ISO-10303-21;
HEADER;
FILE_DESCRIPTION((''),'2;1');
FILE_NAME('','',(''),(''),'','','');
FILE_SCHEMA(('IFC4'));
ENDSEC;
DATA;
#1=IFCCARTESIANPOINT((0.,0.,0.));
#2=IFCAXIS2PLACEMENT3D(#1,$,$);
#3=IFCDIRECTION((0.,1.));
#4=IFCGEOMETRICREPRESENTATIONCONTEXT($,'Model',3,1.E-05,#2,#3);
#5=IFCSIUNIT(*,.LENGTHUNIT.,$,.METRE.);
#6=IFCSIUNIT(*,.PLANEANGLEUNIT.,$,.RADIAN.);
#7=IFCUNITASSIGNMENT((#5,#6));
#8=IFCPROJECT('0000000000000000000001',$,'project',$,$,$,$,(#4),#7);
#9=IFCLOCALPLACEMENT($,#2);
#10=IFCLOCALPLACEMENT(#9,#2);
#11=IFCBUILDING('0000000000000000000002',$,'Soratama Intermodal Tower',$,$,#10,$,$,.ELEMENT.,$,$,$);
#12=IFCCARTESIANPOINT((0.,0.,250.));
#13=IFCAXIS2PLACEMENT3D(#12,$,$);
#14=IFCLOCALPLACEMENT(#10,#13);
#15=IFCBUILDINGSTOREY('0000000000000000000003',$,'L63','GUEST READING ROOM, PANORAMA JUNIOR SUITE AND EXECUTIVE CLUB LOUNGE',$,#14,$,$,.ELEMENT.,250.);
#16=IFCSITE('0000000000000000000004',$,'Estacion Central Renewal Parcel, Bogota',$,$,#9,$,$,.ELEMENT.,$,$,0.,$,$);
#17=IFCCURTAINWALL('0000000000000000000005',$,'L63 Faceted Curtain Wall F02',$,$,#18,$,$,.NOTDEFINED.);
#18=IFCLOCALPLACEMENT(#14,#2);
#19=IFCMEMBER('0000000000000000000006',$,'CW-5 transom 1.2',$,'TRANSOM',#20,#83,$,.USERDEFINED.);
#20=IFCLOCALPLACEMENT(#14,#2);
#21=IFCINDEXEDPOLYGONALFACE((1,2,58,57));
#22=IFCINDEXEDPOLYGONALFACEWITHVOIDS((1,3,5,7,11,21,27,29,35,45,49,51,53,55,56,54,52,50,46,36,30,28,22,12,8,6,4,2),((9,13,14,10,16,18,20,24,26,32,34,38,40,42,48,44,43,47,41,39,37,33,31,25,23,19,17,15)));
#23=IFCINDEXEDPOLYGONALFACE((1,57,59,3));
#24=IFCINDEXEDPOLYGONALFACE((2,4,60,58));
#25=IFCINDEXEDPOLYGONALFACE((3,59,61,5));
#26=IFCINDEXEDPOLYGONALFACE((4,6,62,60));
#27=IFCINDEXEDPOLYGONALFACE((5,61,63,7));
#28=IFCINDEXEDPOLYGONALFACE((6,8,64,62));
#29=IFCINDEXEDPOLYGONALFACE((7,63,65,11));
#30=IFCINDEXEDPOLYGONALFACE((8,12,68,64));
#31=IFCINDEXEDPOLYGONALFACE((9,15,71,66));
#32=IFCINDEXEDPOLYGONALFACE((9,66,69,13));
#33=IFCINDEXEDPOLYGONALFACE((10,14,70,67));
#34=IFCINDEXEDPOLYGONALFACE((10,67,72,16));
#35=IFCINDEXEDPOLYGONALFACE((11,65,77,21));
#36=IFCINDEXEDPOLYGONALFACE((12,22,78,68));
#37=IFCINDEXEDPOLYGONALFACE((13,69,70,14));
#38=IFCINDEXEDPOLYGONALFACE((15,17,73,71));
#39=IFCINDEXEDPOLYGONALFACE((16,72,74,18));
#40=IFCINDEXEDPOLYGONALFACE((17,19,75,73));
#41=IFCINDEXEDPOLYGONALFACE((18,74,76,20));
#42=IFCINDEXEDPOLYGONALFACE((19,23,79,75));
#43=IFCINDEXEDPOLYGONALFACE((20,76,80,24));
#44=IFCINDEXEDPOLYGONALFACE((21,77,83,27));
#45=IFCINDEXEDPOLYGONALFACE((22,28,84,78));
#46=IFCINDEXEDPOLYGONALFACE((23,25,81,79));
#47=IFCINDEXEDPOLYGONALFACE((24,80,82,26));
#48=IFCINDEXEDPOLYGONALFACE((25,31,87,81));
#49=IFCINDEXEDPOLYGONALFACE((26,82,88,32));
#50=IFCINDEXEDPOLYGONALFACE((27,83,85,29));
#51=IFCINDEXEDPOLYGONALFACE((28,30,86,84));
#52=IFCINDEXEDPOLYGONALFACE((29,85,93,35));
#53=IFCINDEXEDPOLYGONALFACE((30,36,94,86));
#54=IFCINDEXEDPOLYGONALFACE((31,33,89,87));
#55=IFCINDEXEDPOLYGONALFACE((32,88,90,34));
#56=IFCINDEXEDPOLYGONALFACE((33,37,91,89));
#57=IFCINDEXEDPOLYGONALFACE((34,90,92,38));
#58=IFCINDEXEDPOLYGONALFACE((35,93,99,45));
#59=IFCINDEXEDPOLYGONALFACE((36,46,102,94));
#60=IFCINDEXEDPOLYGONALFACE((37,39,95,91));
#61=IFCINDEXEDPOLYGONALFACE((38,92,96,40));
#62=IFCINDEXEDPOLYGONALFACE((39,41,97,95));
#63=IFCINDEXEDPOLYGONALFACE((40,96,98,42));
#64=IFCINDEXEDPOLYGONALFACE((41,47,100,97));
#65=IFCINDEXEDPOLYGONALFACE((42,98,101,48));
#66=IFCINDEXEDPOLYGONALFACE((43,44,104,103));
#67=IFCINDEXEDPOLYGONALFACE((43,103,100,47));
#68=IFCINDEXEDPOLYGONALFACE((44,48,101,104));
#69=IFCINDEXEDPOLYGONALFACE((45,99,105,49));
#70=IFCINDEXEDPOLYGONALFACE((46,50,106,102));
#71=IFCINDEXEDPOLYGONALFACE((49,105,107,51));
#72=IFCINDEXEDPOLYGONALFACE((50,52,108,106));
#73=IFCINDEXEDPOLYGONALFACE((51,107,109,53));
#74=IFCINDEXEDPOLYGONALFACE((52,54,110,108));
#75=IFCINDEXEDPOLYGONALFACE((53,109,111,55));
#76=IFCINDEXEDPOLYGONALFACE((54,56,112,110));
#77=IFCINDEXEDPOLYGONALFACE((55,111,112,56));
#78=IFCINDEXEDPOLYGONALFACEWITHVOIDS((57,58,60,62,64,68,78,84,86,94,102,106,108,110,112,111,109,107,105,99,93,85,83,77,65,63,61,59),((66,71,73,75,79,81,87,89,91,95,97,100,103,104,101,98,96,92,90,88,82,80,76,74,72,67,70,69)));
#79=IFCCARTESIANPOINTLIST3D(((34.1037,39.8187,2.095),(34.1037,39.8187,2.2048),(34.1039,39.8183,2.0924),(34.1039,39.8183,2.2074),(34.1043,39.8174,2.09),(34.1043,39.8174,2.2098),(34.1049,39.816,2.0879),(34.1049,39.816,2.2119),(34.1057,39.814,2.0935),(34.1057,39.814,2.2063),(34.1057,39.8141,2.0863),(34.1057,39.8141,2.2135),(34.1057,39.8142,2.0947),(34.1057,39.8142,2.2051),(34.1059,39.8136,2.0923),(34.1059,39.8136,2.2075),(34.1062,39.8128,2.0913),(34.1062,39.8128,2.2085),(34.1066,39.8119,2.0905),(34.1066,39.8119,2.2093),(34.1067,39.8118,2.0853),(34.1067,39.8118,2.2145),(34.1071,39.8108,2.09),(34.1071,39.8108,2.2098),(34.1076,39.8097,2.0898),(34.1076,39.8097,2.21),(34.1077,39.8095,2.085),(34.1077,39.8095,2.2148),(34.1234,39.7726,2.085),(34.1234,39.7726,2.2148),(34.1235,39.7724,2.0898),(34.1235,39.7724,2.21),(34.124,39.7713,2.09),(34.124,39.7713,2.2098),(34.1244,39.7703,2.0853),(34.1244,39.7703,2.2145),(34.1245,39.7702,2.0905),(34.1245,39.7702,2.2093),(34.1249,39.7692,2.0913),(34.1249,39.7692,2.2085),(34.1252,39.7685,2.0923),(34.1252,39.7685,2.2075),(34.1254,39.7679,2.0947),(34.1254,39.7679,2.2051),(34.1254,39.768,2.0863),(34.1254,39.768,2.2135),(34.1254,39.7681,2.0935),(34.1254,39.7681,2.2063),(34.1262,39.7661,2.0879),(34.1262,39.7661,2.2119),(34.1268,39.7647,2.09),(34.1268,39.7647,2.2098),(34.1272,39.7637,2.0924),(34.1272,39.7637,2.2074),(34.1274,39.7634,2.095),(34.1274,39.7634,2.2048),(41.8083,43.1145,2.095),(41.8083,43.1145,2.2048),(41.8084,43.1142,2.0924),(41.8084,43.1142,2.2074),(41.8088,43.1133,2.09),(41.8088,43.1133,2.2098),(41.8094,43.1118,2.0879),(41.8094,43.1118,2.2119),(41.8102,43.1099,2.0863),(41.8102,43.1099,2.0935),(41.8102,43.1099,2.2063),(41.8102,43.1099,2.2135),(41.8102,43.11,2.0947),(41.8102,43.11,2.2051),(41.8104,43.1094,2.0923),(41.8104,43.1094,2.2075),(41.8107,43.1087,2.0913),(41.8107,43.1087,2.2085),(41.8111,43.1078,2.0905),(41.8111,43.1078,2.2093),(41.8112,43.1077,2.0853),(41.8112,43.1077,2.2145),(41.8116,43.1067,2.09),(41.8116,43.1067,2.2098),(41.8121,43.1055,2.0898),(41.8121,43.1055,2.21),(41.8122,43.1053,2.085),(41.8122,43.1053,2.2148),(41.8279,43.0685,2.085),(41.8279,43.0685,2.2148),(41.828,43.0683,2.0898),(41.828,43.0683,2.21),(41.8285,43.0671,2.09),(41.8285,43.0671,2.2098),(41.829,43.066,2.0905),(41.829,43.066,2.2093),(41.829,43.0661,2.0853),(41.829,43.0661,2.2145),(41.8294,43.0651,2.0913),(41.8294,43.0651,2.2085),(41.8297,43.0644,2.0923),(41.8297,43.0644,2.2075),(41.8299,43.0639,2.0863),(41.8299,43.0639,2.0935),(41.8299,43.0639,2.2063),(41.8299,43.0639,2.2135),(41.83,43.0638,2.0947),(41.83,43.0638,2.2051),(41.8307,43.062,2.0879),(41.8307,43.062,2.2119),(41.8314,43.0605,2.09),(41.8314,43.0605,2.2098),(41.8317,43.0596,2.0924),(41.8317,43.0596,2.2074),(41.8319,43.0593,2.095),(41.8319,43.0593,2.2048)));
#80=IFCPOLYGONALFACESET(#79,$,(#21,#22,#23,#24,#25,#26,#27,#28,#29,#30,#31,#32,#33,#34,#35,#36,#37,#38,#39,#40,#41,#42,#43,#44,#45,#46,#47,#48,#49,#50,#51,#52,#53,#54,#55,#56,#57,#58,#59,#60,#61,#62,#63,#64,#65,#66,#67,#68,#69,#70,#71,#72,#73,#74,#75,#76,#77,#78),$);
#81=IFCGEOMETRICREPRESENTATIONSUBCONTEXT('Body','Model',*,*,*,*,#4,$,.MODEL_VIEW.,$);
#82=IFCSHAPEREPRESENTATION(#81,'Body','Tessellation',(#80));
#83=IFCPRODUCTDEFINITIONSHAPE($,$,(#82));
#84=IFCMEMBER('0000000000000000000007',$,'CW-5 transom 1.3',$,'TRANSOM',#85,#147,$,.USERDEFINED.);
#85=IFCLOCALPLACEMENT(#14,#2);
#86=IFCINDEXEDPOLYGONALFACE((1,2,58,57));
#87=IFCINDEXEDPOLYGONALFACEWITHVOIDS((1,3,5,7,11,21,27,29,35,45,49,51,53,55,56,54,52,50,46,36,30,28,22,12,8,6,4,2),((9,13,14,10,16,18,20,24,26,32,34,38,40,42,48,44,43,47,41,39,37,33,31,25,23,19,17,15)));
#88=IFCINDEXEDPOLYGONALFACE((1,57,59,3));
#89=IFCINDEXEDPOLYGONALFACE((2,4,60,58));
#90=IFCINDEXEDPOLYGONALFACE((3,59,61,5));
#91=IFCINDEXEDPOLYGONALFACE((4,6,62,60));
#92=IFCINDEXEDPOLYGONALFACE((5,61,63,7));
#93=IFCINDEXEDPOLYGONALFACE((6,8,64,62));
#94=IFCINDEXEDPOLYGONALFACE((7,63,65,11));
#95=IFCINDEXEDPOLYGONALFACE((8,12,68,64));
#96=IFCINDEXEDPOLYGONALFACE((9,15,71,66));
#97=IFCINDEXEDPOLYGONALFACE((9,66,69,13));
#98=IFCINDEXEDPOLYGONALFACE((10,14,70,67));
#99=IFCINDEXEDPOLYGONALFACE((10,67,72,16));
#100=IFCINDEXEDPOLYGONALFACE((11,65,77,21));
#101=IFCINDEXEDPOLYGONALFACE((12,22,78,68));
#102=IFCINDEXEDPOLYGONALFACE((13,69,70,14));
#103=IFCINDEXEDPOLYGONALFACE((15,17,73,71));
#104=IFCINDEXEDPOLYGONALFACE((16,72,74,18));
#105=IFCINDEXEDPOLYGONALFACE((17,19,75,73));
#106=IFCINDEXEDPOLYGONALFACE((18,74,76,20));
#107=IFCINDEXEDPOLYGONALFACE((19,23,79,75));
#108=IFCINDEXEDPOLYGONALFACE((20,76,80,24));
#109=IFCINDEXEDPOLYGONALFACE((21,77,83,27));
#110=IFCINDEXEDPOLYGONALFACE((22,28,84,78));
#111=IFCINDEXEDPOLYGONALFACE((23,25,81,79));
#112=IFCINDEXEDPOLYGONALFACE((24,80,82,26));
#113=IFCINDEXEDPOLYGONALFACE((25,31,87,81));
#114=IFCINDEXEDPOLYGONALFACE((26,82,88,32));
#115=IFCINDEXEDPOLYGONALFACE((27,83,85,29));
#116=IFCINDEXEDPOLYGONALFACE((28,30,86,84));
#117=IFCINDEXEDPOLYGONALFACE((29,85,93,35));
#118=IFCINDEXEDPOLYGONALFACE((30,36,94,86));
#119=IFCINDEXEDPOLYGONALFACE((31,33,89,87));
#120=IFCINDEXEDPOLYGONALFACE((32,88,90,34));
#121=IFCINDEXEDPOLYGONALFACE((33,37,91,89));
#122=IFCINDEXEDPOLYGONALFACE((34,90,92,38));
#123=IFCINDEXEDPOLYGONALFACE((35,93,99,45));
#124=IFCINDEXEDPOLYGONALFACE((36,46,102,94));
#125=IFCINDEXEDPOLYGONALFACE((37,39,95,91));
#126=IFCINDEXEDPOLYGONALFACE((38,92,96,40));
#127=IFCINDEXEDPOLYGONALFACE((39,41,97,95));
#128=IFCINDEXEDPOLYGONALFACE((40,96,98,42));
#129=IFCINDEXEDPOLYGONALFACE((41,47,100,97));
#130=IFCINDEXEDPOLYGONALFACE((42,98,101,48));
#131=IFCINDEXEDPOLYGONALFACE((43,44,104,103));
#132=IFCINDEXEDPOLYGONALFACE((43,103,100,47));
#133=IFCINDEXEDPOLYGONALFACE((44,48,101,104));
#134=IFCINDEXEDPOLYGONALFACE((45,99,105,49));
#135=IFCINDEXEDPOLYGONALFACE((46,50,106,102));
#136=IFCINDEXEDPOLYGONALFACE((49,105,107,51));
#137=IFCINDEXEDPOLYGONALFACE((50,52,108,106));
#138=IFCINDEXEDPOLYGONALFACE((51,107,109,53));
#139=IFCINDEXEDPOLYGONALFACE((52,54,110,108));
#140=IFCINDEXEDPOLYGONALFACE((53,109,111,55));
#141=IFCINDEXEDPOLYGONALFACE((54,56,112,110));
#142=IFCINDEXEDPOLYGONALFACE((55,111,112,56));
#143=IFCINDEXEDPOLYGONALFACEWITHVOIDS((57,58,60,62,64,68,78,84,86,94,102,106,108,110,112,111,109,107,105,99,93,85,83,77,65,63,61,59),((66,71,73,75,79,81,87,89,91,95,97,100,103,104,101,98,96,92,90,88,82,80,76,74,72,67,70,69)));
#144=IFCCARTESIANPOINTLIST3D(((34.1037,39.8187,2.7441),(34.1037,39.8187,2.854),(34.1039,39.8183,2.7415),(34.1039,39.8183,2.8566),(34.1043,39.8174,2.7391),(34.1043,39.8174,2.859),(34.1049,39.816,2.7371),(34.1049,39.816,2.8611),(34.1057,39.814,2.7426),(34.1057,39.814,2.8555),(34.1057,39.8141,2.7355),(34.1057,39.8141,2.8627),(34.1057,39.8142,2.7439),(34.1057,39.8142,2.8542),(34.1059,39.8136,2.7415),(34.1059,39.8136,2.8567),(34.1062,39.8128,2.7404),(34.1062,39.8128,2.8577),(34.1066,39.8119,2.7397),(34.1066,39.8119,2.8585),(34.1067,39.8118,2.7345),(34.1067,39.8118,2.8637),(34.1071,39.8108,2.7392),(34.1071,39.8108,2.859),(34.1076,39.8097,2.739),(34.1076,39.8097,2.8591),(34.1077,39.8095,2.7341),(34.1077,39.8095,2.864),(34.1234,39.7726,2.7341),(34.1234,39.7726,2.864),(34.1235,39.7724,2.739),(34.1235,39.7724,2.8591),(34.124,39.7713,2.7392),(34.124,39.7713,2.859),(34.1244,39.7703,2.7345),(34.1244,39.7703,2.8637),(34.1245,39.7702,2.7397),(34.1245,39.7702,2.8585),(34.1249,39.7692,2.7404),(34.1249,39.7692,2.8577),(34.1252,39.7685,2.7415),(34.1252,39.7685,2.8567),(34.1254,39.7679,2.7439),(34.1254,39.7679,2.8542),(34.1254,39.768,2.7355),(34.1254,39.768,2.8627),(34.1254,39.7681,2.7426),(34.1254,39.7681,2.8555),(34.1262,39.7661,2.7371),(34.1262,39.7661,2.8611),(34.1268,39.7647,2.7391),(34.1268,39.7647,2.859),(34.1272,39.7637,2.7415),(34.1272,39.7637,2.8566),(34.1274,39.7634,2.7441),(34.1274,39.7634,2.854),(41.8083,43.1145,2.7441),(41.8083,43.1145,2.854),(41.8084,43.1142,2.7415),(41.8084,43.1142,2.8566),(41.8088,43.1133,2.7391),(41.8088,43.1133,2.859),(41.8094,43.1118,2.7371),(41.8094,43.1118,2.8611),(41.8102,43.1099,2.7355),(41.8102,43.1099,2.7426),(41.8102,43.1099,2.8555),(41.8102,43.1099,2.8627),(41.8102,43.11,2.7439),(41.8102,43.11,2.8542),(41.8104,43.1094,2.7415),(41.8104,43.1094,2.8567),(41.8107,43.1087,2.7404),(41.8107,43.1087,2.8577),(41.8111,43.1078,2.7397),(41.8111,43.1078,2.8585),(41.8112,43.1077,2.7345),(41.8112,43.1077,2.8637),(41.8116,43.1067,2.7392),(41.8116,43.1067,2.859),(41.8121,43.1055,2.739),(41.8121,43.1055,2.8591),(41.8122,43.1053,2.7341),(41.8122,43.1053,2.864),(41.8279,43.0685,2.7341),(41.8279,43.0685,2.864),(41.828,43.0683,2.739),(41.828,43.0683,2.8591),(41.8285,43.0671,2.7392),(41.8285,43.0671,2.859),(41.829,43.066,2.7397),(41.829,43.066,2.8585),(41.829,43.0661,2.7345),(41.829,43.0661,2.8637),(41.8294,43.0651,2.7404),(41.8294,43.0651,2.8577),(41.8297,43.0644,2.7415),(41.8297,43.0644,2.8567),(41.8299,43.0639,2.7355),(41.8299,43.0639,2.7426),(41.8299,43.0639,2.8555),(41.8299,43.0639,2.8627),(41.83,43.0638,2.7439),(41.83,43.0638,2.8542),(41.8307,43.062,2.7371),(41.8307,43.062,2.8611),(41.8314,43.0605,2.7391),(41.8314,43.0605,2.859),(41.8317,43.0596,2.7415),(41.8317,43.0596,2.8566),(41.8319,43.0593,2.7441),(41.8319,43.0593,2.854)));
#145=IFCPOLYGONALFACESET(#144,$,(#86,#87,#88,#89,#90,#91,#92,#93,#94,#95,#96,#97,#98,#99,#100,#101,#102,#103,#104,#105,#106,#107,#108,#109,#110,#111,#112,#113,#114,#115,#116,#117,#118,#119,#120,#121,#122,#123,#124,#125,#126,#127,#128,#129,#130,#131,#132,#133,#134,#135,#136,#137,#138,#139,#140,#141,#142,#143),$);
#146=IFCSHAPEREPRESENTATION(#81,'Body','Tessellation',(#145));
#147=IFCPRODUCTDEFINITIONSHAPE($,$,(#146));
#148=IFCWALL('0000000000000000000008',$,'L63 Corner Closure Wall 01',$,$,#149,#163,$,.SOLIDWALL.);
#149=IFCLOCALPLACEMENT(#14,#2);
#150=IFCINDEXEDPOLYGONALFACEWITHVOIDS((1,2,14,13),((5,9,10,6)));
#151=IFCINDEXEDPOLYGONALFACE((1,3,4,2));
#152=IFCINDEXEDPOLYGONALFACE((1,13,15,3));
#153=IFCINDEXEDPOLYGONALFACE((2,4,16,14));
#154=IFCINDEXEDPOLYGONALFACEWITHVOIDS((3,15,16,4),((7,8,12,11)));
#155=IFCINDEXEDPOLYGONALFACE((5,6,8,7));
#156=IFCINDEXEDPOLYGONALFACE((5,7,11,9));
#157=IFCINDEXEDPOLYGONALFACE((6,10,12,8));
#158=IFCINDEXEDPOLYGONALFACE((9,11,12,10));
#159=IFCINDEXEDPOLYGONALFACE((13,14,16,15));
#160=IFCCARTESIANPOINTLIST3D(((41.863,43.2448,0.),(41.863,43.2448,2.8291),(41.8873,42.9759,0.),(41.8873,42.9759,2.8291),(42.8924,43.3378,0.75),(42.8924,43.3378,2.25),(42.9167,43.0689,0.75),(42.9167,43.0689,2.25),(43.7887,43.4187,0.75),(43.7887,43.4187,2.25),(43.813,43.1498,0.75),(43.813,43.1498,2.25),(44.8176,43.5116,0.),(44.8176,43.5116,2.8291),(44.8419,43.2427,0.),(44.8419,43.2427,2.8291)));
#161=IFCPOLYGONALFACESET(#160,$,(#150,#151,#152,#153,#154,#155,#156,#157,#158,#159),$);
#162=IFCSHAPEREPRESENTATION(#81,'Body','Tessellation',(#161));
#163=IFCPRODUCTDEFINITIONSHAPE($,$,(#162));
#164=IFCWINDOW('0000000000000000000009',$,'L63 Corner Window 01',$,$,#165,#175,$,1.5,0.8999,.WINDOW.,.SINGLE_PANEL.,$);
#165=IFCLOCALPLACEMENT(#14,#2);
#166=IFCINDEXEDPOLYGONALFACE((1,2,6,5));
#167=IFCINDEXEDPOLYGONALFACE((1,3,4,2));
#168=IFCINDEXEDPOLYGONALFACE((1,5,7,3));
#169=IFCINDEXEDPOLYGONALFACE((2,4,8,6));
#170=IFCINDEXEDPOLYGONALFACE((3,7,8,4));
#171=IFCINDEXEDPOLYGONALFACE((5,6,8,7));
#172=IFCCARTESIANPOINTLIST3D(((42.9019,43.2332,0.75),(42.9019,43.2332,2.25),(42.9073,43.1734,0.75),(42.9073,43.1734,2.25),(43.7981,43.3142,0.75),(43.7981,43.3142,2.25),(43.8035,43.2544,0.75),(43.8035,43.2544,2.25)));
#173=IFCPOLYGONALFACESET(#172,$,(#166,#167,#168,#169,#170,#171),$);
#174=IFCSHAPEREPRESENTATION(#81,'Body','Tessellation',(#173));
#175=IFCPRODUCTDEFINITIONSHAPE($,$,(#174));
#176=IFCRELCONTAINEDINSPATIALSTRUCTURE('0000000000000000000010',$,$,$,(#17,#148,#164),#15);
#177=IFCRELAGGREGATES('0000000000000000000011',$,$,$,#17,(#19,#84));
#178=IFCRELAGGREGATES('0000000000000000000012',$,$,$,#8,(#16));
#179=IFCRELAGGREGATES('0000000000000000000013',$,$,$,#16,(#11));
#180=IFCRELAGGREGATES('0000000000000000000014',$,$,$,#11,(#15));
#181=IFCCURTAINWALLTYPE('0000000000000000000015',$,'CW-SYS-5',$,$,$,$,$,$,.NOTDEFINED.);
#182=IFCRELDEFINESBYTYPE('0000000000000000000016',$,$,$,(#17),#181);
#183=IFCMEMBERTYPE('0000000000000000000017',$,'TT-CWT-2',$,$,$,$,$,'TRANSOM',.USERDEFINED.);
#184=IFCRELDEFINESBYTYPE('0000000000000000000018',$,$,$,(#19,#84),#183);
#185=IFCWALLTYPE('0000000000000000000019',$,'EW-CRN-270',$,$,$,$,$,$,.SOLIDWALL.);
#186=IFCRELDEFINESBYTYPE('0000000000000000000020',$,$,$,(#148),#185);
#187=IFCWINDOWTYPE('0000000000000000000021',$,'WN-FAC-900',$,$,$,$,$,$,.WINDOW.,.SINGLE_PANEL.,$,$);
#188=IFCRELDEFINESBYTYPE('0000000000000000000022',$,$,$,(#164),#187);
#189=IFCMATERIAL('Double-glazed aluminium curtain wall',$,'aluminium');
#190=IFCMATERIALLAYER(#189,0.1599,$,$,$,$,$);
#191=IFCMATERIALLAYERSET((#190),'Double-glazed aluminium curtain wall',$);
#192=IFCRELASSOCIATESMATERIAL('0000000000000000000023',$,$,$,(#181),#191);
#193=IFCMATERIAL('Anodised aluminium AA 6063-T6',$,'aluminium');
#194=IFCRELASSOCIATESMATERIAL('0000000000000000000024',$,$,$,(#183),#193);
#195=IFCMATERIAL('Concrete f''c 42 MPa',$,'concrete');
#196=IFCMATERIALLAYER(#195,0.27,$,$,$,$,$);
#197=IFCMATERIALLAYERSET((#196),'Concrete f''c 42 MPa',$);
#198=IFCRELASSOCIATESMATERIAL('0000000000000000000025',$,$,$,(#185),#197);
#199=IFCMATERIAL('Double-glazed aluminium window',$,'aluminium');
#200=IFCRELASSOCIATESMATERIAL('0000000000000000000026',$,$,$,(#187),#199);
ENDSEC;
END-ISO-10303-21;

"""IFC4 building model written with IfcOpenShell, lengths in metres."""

from ifc_helpers import new_model, si_unit, direction, frame, frame_2d, origin, origin_2d, place, context, subcontext, project, spatial, rectangle, hollow_rectangle, extrude, material, layer, layer_set, material_profile, profile_set, type_object, element, fill, aggregate, save


model = new_model("IFC4")

# Units and contexts
model_context = context("Model", 3, precision=1e-05, world=origin(), true_north=direction((0.0, 1.0)))
body_context = subcontext(model_context, "Body", "Model", "MODEL_VIEW")
ifc_project = project(units=[si_unit("LENGTHUNIT", "METRE"), si_unit("PLANEANGLEUNIT", "RADIAN")], contexts=[model_context])

# Site, building, storey
site_placement = place(None, origin())
site = spatial("IfcSite", under=ifc_project, at=site_placement, Name="Estacion Central Renewal Parcel, Bogota", CompositionType="ELEMENT", RefElevation=0.0)
building_placement = place(site_placement, origin())
building = spatial("IfcBuilding", under=site, at=building_placement, Name="Soratama Intermodal Tower", CompositionType="ELEMENT")
storey_placement = place(building_placement, frame((0.0, 0.0, 250.0)))
storey = spatial("IfcBuildingStorey", under=building, at=storey_placement, Name="L63", Description="GUEST READING ROOM, PANORAMA JUNIOR SUITE AND EXECUTIVE CLUB LOUNGE", CompositionType="ELEMENT", Elevation=250.0)

# Curtain wall, members
ifc_material_1 = material(Name="Double-glazed aluminium curtain wall", Category="aluminium")
ifc_layer_1 = layer(ifc_material_1, 0.1599)
ifc_layer_set_1 = layer_set([ifc_layer_1], Name="Double-glazed aluminium curtain wall")
curtain_wall_type = type_object("IfcCurtainWallType", Name="CW-SYS-5", PredefinedType="NOTDEFINED", material=ifc_layer_set_1)
curtain_wall_placement = place(storey_placement, origin())
curtain_wall = element("IfcCurtainWall", 1, at=curtain_wall_placement, inside=storey, type_object=curtain_wall_type, Name="L63 Faceted Curtain Wall F02", PredefinedType="NOTDEFINED")
ifc_material_2 = material(Name="Anodised aluminium AA 6063-T6", Category="aluminium")
ifc_material_profile_1 = material_profile(ifc_material_2, hollow_rectangle(XDim=0.0601, YDim=0.1299, WallThickness=0.0049, InnerFilletRadius=0.0049, OuterFilletRadius=0.01, at=origin_2d()), Name="CWT130X60X5")
ifc_profile_set_1 = profile_set([ifc_material_profile_1], Name="Anodised aluminium AA 6063-T6")
member_type_1 = type_object("IfcMemberType", Name="TT-CWT-2", ElementType="TRANSOM", PredefinedType="USERDEFINED", material=ifc_profile_set_1)
member_1_placement = place(storey_placement, frame((41.8201, 43.0869, 2.1499), z_axis=(-0.919407, -0.393307, 0.0), x_axis=(0.393307, -0.919407, 0.0)))
member_1 = element("IfcMember", 2, at=member_1_placement, type_object=member_type_1, Name="CW-5 transom 1.2", ObjectType="TRANSOM", PredefinedType="USERDEFINED", context=body_context, shape_type="SweptSolid", body=[
    extrude(hollow_rectangle(XDim=0.0601, YDim=0.1299, WallThickness=0.0049, InnerFilletRadius=0.0049, OuterFilletRadius=0.01, at=origin_2d()), origin(), (0.0, 0.0, 1.0), 8.3799),
])
member_2_placement = place(storey_placement, frame((41.8201, 43.0869, 2.7991), z_axis=(-0.919407, -0.393307, 0.0), x_axis=(0.393307, -0.919407, 0.0)))
member_2 = element("IfcMember", 3, at=member_2_placement, type_object=member_type_1, Name="CW-5 transom 1.3", ObjectType="TRANSOM", PredefinedType="USERDEFINED", context=body_context, shape_type="SweptSolid", body=[
    extrude(hollow_rectangle(XDim=0.0601, YDim=0.1299, WallThickness=0.0049, InnerFilletRadius=0.0049, OuterFilletRadius=0.01, at=origin_2d()), origin(), (0.0, 0.0, 1.0), 8.3799),
])
aggregate(curtain_wall, [member_1, member_2])

# Wall, opening, window
ifc_material_3 = material(Name="Concrete f'c 42 MPa", Category="concrete")
ifc_layer_2 = layer(ifc_material_3, 0.27)
ifc_layer_set_2 = layer_set([ifc_layer_2], Name="Concrete f'c 42 MPa")
wall_type = type_object("IfcWallType", Name="EW-CRN-270", PredefinedType="SOLIDWALL", material=ifc_layer_set_2)
wall_placement = place(storey_placement, frame((44.8298, 43.3772, 0.0), z_axis=(0.0, 0.0, 1.0), x_axis=(-0.995946, -0.08995, 0.0)))
wall = element("IfcWall", 4, at=wall_placement, inside=storey, type_object=wall_type, Name="L63 Corner Closure Wall 01", PredefinedType="SOLIDWALL", context=body_context, shape_type="SweptSolid", body=[
    extrude(rectangle(XDim=2.9666, YDim=0.27, at=frame_2d((1.4834, 0.0))), origin(), (0.0, 0.0, 1.0), 2.8291),
])
opening_placement = place(wall_placement, frame((1.0332, 0.0, 0.75)))
opening = element("IfcOpeningElement", 5, at=opening_placement, cuts=wall, PredefinedType="OPENING", context=body_context, shape_type="SweptSolid", body=[
    extrude(rectangle(XDim=0.8999, YDim=1.5, at=frame_2d((0.45, 0.75))), frame((0.0, 0.145, 0.0), z_axis=(0.0, -1.0, 0.0), x_axis=(1.0, 0.0, 0.0)), (0.0, 0.0, 1.0), 0.29),
])
ifc_material_4 = material(Name="Double-glazed aluminium window", Category="aluminium")
window_type = type_object("IfcWindowType", Name="WN-FAC-900", PartitioningType="SINGLE_PANEL", PredefinedType="WINDOW", material=ifc_material_4)
window_placement = place(opening_placement, origin())
window = element("IfcWindow", 6, at=window_placement, inside=storey, type_object=window_type, Name="L63 Corner Window 01", OverallHeight=1.5, OverallWidth=0.8999, PartitioningType="SINGLE_PANEL", PredefinedType="WINDOW", context=body_context, shape_type="SweptSolid", body=[
    extrude(rectangle(XDim=0.8999, YDim=1.5, at=frame_2d((0.45, 0.75))), frame((0.0, 0.03, 0.0), z_axis=(0.0, -1.0, 0.0), x_axis=(1.0, 0.0, 0.0)), (0.0, 0.0, 1.0), 0.0601),
])
fill(opening, window)

save(model, "model.ifc")
